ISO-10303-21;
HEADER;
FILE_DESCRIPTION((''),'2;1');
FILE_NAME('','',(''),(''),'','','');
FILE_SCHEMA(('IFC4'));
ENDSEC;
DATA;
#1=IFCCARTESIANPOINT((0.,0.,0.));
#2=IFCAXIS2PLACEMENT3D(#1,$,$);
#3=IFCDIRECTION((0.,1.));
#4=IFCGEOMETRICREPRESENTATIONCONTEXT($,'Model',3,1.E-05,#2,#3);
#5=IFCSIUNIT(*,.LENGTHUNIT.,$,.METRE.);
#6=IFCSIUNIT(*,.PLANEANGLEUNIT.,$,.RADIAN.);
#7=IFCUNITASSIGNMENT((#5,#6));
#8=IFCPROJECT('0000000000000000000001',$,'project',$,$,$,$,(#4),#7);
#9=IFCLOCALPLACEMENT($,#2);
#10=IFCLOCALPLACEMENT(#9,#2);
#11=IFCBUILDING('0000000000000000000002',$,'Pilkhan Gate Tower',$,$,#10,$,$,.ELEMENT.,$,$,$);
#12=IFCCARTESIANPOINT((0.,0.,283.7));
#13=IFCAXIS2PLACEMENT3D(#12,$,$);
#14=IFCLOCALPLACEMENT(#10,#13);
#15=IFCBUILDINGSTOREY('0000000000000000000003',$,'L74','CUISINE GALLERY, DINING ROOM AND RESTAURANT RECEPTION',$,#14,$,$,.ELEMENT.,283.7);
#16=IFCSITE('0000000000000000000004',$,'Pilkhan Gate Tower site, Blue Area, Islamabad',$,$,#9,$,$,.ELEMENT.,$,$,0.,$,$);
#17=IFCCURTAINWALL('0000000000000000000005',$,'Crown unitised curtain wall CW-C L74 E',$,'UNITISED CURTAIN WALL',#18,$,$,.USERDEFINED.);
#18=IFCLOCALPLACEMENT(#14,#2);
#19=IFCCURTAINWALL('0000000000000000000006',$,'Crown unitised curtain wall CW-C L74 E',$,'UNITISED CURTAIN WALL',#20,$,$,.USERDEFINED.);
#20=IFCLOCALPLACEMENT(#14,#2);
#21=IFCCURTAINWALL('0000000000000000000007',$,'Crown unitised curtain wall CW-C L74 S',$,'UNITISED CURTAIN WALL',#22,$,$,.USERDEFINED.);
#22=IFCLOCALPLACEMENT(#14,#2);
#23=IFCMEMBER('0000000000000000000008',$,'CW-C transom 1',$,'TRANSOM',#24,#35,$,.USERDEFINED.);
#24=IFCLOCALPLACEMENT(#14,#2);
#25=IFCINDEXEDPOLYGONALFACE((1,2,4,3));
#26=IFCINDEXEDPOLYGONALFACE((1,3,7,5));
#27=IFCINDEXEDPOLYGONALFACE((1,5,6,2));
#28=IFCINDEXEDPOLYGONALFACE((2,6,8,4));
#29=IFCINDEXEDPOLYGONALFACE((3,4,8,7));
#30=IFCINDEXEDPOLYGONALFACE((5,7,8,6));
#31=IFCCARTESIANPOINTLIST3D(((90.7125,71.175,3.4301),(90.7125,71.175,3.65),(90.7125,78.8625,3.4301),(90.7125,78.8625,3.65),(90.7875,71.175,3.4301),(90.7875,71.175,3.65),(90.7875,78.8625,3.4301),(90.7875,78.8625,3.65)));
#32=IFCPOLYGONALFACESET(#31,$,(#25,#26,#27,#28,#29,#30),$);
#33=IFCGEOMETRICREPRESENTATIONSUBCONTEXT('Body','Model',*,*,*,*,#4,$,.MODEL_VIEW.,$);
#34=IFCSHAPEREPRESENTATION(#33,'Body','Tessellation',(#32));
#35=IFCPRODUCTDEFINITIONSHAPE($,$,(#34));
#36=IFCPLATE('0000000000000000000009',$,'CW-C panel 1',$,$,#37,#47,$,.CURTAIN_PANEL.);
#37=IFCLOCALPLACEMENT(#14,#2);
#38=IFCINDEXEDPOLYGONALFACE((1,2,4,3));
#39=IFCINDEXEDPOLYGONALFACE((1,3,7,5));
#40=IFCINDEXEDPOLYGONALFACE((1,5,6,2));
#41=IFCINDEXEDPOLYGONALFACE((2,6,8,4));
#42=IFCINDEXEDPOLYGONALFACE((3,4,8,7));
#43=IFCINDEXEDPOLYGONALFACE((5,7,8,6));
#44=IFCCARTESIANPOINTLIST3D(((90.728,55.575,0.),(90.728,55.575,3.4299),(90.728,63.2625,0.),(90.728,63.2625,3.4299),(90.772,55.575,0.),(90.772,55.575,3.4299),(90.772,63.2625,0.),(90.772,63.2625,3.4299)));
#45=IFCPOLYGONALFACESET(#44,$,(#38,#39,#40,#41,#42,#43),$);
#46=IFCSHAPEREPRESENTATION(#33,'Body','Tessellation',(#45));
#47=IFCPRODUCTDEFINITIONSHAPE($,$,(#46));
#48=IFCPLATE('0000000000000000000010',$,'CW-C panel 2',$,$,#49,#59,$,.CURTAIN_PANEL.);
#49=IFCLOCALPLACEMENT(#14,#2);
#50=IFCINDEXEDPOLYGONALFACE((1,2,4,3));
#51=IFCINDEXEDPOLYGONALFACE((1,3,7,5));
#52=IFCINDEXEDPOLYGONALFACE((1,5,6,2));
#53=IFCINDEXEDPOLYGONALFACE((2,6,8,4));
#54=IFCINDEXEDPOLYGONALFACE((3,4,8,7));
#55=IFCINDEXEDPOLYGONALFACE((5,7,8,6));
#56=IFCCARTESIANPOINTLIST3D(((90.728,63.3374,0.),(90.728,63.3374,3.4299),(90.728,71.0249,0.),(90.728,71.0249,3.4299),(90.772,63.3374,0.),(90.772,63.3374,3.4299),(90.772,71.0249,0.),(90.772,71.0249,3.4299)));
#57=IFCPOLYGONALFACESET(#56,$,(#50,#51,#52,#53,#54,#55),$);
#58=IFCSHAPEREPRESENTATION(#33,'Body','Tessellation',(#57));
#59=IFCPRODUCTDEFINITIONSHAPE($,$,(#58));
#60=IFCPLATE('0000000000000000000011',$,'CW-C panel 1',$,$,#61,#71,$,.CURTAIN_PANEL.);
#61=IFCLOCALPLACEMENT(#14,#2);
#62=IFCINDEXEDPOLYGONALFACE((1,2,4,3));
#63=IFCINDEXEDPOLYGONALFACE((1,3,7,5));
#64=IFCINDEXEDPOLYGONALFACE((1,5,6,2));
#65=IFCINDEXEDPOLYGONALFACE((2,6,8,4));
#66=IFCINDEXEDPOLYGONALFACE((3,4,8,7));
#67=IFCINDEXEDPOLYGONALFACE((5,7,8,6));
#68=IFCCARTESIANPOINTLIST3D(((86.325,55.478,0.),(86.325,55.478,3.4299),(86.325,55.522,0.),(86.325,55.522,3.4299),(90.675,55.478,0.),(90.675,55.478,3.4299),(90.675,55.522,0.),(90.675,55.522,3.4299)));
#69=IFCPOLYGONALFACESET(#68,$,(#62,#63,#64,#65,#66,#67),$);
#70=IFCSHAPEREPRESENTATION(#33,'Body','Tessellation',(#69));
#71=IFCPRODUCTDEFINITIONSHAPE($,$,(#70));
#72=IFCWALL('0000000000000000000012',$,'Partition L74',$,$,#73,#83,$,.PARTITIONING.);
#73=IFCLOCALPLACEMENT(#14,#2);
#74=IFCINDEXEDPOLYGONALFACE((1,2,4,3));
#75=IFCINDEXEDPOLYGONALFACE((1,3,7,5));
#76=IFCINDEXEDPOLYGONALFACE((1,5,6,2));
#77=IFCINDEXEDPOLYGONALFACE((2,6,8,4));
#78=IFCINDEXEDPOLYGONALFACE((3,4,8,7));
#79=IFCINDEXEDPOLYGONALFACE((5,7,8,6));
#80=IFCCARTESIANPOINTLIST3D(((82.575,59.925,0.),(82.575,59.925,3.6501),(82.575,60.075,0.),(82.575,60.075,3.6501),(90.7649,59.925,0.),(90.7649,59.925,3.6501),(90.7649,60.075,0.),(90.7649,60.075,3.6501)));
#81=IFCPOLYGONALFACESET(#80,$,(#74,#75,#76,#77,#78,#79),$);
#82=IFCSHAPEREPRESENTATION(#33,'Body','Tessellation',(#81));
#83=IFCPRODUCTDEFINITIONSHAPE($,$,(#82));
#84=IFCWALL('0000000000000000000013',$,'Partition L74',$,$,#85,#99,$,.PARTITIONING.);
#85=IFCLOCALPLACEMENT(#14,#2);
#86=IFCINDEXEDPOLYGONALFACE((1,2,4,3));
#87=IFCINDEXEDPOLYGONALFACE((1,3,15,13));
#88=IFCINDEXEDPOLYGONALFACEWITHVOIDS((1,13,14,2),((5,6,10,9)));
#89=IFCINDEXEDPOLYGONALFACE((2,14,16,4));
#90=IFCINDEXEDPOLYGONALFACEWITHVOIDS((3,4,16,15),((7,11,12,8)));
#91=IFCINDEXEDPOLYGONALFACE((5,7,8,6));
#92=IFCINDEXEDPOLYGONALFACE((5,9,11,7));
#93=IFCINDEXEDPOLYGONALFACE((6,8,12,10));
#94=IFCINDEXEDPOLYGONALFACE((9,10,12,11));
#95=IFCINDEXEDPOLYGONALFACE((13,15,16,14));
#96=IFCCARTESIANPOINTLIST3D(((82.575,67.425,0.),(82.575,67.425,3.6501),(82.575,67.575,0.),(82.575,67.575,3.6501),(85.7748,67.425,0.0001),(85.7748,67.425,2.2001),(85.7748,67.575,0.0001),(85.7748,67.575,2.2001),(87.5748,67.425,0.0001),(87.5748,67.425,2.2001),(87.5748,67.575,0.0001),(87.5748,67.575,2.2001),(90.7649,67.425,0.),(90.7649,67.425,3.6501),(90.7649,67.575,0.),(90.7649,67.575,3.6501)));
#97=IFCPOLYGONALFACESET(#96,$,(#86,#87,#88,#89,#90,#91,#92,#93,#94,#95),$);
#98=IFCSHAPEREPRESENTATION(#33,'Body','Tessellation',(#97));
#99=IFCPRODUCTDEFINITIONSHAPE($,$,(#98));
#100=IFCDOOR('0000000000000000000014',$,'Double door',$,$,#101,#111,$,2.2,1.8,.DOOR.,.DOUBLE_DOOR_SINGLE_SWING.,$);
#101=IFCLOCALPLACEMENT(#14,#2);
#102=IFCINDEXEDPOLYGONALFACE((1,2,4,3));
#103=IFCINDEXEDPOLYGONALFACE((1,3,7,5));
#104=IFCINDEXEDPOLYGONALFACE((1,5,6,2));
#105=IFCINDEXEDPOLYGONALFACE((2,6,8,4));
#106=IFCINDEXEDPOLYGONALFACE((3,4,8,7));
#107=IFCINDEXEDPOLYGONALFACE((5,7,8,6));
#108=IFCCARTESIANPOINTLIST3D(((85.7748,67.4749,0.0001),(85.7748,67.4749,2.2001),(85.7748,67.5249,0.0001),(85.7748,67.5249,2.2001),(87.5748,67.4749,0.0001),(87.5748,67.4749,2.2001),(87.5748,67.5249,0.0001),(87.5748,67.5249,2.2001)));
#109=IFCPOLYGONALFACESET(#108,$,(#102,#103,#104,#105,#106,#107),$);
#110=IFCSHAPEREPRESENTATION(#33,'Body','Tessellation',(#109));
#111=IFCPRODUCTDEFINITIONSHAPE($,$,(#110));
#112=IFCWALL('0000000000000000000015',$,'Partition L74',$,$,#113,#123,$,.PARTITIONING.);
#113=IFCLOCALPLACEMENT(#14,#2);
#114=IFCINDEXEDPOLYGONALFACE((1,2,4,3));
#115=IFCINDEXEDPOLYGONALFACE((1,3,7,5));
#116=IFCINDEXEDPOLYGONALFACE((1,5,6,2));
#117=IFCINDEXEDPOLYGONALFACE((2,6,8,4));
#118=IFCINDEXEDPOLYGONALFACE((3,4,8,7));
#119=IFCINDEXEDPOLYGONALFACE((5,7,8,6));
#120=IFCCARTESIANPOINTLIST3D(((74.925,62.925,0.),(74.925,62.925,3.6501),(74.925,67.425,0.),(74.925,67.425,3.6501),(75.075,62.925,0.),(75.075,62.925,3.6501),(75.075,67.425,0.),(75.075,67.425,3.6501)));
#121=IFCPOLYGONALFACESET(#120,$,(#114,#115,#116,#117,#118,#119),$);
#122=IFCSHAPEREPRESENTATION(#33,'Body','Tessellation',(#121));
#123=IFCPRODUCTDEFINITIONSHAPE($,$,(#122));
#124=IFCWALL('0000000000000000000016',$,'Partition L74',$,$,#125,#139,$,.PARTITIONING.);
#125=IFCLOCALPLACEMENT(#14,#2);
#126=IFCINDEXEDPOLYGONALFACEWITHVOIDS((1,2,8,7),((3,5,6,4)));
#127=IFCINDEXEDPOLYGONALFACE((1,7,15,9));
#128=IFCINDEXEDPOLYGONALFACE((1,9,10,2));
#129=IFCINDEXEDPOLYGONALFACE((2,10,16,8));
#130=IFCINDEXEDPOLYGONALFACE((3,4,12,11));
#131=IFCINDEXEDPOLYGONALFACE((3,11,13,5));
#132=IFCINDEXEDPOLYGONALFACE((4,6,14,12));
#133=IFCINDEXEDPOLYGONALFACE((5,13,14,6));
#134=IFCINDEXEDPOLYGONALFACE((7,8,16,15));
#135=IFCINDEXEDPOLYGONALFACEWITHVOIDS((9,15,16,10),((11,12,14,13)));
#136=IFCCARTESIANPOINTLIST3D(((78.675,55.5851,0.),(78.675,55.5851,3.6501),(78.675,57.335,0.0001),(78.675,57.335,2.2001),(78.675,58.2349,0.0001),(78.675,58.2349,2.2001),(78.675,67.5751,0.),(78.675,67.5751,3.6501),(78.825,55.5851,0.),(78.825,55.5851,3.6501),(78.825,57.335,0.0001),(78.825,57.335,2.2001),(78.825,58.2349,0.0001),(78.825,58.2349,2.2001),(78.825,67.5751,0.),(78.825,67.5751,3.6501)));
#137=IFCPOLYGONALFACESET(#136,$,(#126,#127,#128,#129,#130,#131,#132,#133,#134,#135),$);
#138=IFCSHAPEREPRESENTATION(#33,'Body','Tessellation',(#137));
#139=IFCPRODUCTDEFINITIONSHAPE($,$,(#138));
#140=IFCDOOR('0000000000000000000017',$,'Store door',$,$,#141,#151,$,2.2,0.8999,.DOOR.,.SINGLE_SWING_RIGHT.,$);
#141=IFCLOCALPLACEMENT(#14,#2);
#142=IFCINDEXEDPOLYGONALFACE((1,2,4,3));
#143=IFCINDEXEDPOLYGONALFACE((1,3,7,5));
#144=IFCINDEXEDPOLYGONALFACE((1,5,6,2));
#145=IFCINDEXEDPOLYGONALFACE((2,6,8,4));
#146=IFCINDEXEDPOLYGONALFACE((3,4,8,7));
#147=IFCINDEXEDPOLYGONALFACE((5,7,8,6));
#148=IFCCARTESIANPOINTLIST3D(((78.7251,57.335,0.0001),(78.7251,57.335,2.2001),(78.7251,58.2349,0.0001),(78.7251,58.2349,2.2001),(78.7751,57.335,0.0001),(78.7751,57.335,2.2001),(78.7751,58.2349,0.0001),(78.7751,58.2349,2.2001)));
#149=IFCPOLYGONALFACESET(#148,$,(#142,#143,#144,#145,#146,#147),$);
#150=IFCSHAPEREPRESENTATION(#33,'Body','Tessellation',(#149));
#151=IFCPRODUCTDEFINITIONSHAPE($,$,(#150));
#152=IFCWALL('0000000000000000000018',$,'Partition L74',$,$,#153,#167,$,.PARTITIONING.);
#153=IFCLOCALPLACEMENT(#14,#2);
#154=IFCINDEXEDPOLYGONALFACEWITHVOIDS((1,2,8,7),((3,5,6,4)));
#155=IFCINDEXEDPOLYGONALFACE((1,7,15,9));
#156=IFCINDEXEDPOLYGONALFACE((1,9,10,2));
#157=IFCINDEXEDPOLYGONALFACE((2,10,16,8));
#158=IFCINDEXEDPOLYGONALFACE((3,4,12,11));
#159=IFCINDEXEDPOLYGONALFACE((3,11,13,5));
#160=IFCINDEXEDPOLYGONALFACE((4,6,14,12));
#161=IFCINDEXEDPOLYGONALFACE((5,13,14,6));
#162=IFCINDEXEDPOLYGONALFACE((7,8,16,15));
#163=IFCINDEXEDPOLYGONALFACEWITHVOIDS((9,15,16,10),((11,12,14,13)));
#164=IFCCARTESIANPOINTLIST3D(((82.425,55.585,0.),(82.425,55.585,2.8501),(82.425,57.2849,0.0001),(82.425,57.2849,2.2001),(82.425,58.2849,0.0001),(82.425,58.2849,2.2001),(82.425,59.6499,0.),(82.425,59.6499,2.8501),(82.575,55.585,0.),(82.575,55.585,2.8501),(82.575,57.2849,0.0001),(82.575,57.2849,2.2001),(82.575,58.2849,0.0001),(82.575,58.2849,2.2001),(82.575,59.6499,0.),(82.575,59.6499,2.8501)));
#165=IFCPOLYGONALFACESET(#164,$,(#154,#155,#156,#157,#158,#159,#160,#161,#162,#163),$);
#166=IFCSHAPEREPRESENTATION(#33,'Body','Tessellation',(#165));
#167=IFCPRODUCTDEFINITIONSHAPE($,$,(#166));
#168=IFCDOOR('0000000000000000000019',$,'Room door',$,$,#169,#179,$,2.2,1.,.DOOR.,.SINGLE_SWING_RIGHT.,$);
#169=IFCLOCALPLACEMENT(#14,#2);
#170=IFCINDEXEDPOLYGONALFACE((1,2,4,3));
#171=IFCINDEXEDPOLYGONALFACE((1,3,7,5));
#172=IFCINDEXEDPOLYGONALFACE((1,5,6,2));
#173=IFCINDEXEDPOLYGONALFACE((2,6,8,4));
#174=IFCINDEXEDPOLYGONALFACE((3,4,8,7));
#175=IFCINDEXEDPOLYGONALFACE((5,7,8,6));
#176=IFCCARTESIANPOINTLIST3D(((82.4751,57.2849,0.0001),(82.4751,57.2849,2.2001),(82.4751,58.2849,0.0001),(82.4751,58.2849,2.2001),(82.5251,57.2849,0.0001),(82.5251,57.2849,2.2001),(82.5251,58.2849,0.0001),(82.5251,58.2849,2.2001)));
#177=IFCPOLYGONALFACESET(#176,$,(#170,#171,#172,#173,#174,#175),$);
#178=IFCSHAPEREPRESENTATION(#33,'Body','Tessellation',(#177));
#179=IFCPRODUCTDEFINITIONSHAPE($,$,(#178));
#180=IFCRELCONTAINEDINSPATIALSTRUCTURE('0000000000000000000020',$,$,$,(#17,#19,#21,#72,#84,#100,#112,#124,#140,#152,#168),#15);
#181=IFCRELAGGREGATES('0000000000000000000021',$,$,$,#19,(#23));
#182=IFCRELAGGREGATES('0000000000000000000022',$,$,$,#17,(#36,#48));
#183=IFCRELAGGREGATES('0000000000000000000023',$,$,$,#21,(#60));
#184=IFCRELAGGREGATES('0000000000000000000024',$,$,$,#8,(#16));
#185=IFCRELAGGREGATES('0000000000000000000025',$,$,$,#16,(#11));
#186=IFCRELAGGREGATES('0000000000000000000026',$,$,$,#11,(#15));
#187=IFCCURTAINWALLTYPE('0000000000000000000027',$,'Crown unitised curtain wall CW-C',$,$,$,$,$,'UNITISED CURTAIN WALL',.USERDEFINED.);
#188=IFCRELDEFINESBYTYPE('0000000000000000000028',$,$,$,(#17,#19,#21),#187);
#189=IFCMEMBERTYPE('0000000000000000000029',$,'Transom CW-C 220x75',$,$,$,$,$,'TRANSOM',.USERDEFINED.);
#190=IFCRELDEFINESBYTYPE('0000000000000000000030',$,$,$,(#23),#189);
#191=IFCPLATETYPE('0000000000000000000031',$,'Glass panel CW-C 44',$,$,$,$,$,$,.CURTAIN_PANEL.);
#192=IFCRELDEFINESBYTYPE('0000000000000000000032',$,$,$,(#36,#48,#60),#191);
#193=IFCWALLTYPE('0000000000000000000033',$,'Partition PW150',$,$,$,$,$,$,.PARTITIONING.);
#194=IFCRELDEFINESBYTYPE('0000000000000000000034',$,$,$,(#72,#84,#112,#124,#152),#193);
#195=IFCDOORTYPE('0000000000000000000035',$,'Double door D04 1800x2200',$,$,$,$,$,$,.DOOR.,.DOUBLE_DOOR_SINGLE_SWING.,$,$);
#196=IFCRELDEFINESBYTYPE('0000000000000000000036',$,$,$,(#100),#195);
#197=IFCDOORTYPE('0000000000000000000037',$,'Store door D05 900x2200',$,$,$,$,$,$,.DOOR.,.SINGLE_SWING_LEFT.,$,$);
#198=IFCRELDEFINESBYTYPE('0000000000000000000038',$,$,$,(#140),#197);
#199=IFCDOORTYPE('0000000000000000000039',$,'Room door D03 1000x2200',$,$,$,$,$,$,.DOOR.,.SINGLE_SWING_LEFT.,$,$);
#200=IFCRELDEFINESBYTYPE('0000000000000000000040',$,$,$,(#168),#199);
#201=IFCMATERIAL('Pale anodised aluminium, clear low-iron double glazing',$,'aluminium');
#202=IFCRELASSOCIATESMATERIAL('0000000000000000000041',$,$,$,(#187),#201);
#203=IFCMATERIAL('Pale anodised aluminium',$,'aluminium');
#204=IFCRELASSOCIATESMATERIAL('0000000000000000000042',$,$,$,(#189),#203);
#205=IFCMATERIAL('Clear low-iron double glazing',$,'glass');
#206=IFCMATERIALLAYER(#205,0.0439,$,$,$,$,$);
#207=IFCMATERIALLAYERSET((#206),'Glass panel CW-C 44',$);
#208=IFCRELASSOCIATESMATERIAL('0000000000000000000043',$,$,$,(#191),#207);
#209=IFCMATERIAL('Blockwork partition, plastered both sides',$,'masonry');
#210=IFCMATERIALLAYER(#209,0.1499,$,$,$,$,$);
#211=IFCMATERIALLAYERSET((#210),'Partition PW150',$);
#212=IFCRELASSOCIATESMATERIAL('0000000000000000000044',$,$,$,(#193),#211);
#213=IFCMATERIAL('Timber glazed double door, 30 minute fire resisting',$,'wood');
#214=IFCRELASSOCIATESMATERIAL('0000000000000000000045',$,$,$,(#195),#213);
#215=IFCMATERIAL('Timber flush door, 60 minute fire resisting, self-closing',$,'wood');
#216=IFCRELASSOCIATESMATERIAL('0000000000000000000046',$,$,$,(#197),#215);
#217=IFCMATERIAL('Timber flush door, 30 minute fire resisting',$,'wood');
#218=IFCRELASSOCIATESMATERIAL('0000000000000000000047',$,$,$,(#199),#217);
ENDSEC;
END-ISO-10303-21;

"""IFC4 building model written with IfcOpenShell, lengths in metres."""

from ifc_helpers import new_model, si_unit, direction, frame, frame_2d, origin, origin_2d, place, context, subcontext, project, spatial, rectangle, extrude, material, layer, layer_set, material_profile, profile_set, type_object, element, fill, aggregate, save


model = new_model("IFC4")

# Units and contexts
model_context = context("Model", 3, precision=1e-05, world=origin(), true_north=direction((0.0, 1.0)))
body_context = subcontext(model_context, "Body", "Model", "MODEL_VIEW")
ifc_project = project(units=[si_unit("LENGTHUNIT", "METRE"), si_unit("PLANEANGLEUNIT", "RADIAN")], contexts=[model_context])

# Site, building, storey
site_placement = place(None, origin())
site = spatial("IfcSite", under=ifc_project, at=site_placement, Name="Pilkhan Gate Tower site, Blue Area, Islamabad", CompositionType="ELEMENT", RefElevation=0.0)
building_placement = place(site_placement, origin())
building = spatial("IfcBuilding", under=site, at=building_placement, Name="Pilkhan Gate Tower", CompositionType="ELEMENT")
storey_placement = place(building_placement, frame((0.0, 0.0, 283.7)))
storey = spatial("IfcBuildingStorey", under=building, at=storey_placement, Name="L74", Description="CUISINE GALLERY, DINING ROOM AND RESTAURANT RECEPTION", CompositionType="ELEMENT", Elevation=283.7)

# Curtain wall
ifc_material_1 = material(Name="Pale anodised aluminium, clear low-iron double glazing", Category="aluminium")
curtain_wall_type = type_object("IfcCurtainWallType", Name="Crown unitised curtain wall CW-C", ElementType="UNITISED CURTAIN WALL", PredefinedType="USERDEFINED", material=ifc_material_1)
curtain_wall_1_placement = place(storey_placement, origin())
curtain_wall_1 = element("IfcCurtainWall", 1, at=curtain_wall_1_placement, inside=storey, type_object=curtain_wall_type, Name="Crown unitised curtain wall CW-C L74 E", ObjectType="UNITISED CURTAIN WALL", PredefinedType="USERDEFINED")
ifc_material_2 = material(Name="Pale anodised aluminium", Category="aluminium")

# Curtain walls
curtain_wall_2_placement = place(storey_placement, origin())
curtain_wall_2 = element("IfcCurtainWall", 2, at=curtain_wall_2_placement, inside=storey, type_object=curtain_wall_type, Name="Crown unitised curtain wall CW-C L74 E", ObjectType="UNITISED CURTAIN WALL", PredefinedType="USERDEFINED")
curtain_wall_3_placement = place(storey_placement, origin())
curtain_wall_3 = element("IfcCurtainWall", 3, at=curtain_wall_3_placement, inside=storey, type_object=curtain_wall_type, Name="Crown unitised curtain wall CW-C L74 S", ObjectType="UNITISED CURTAIN WALL", PredefinedType="USERDEFINED")

# Member
ifc_material_profile_1 = material_profile(ifc_material_2, rectangle(XDim=0.075, YDim=0.22, at=origin_2d()), Name="Transom 220x75")
ifc_profile_set_1 = profile_set([ifc_material_profile_1], Name="Pale anodised aluminium")
member_type_1 = type_object("IfcMemberType", Name="Transom CW-C 220x75", ElementType="TRANSOM", PredefinedType="USERDEFINED", material=ifc_profile_set_1)
member_1_placement = place(storey_placement, frame((90.75, 71.175, 3.54), z_axis=(0.0, 1.0, 0.0), x_axis=(-1.0, 0.0, 0.0)))
member_1 = element("IfcMember", 4, at=member_1_placement, type_object=member_type_1, Name="CW-C transom 1", ObjectType="TRANSOM", PredefinedType="USERDEFINED", context=body_context, shape_type="SweptSolid", body=[
    extrude(rectangle(XDim=0.075, YDim=0.22, at=origin_2d()), origin(), (0.0, 0.0, 1.0), 7.6875),
])
aggregate(curtain_wall_2, [member_1])

# Plates
ifc_material_3 = material(Name="Clear low-iron double glazing", Category="glass")
ifc_layer_1 = layer(ifc_material_3, 0.0439)
ifc_layer_set_1 = layer_set([ifc_layer_1], Name="Glass panel CW-C 44")
plate_type = type_object("IfcPlateType", Name="Glass panel CW-C 44", PredefinedType="CURTAIN_PANEL", material=ifc_layer_set_1)
plate_1_placement = place(storey_placement, frame((90.75, 59.4187, 0.0), z_axis=(0.0, 0.0, 1.0), x_axis=(0.0, 1.0, 0.0)))
plate_1 = element("IfcPlate", 5, at=plate_1_placement, type_object=plate_type, Name="CW-C panel 1", PredefinedType="CURTAIN_PANEL", context=body_context, shape_type="SweptSolid", body=[
    extrude(rectangle(XDim=7.6875, YDim=0.0439, at=origin_2d()), origin(), (0.0, 0.0, 1.0), 3.4299),
])
plate_2_placement = place(storey_placement, frame((90.75, 67.1812, 0.0), z_axis=(0.0, 0.0, 1.0), x_axis=(0.0, 1.0, 0.0)))
plate_2 = element("IfcPlate", 6, at=plate_2_placement, type_object=plate_type, Name="CW-C panel 2", PredefinedType="CURTAIN_PANEL", context=body_context, shape_type="SweptSolid", body=[
    extrude(rectangle(XDim=7.6875, YDim=0.0439, at=origin_2d()), origin(), (0.0, 0.0, 1.0), 3.4299),
])
aggregate(curtain_wall_1, [plate_1, plate_2])
plate_3_placement = place(storey_placement, frame((88.5, 55.5, 0.0), z_axis=(0.0, 0.0, 1.0), x_axis=(1.0, 0.0, 0.0)))
plate_3 = element("IfcPlate", 7, at=plate_3_placement, type_object=plate_type, Name="CW-C panel 1", PredefinedType="CURTAIN_PANEL", context=body_context, shape_type="SweptSolid", body=[
    extrude(rectangle(XDim=4.3501, YDim=0.0439, at=origin_2d()), origin(), (0.0, 0.0, 1.0), 3.4299),
])
aggregate(curtain_wall_3, [plate_3])

# Wall
ifc_material_4 = material(Name="Blockwork partition, plastered both sides", Category="masonry")
ifc_layer_2 = layer(ifc_material_4, 0.1499)
ifc_layer_set_2 = layer_set([ifc_layer_2], Name="Partition PW150")
wall_type = type_object("IfcWallType", Name="Partition PW150", PredefinedType="PARTITIONING", material=ifc_layer_set_2)
wall_1_placement = place(storey_placement, frame((82.575, 60.0, 0.0), z_axis=(0.0, 0.0, 1.0), x_axis=(1.0, 0.0, 0.0)))
element("IfcWall", 8, at=wall_1_placement, inside=storey, type_object=wall_type, Name="Partition L74", PredefinedType="PARTITIONING", context=body_context, shape_type="SweptSolid", body=[
    extrude(rectangle(XDim=8.1899, YDim=0.1499, at=frame_2d((4.095, 0.0))), origin(), (0.0, 0.0, 1.0), 3.6501),
])

# Wall, opening, door
wall_2_placement = place(storey_placement, frame((82.575, 67.5, 0.0), z_axis=(0.0, 0.0, 1.0), x_axis=(1.0, 0.0, 0.0)))
wall_2 = element("IfcWall", 9, at=wall_2_placement, inside=storey, type_object=wall_type, Name="Partition L74", PredefinedType="PARTITIONING", context=body_context, shape_type="SweptSolid", body=[
    extrude(rectangle(XDim=8.1899, YDim=0.1499, at=frame_2d((4.095, 0.0))), origin(), (0.0, 0.0, 1.0), 3.6501),
])
opening_1_placement = place(wall_2_placement, frame((3.2, 0.0, 0.0)))
opening_1 = element("IfcOpeningElement", 10, at=opening_1_placement, cuts=wall_2, PredefinedType="OPENING", context=body_context, shape_type="SweptSolid", body=[
    extrude(rectangle(XDim=1.8, YDim=2.2, at=frame_2d((0.8999, 1.1001))), frame((0.0, 0.085, 0.0), z_axis=(0.0, -1.0, 0.0), x_axis=(1.0, 0.0, 0.0)), (0.0, 0.0, 1.0), 0.1699),
])
ifc_material_5 = material(Name="Timber glazed double door, 30 minute fire resisting", Category="wood")
door_type_1 = type_object("IfcDoorType", Name="Double door D04 1800x2200", OperationType="DOUBLE_DOOR_SINGLE_SWING", PredefinedType="DOOR", material=ifc_material_5)
door_1_placement = place(opening_1_placement, origin())
door_1 = element("IfcDoor", 11, at=door_1_placement, inside=storey, type_object=door_type_1, Name="Double door", OperationType="DOUBLE_DOOR_SINGLE_SWING", OverallHeight=2.2, OverallWidth=1.8, PredefinedType="DOOR", context=body_context, shape_type="SweptSolid", body=[
    extrude(rectangle(XDim=1.8, YDim=2.2, at=frame_2d((0.8999, 1.1001))), frame((0.0, 0.0249, 0.0), z_axis=(0.0, -1.0, 0.0), x_axis=(1.0, 0.0, 0.0)), (0.0, 0.0, 1.0), 0.05),
])
fill(opening_1, door_1)

# Wall
wall_3_placement = place(storey_placement, frame((75.0, 62.925, 0.0), z_axis=(0.0, 0.0, 1.0), x_axis=(0.0, 1.0, 0.0)))
element("IfcWall", 12, at=wall_3_placement, inside=storey, type_object=wall_type, Name="Partition L74", PredefinedType="PARTITIONING", context=body_context, shape_type="SweptSolid", body=[
    extrude(rectangle(XDim=4.5, YDim=0.1499, at=frame_2d((2.25, 0.0))), origin(), (0.0, 0.0, 1.0), 3.6501),
])

# Walls, openings, doors
wall_4_placement = place(storey_placement, frame((78.75, 55.585, 0.0), z_axis=(0.0, 0.0, 1.0), x_axis=(0.0, 1.0, 0.0)))
wall_4 = element("IfcWall", 13, at=wall_4_placement, inside=storey, type_object=wall_type, Name="Partition L74", PredefinedType="PARTITIONING", context=body_context, shape_type="SweptSolid", body=[
    extrude(rectangle(XDim=11.99, YDim=0.1499, at=frame_2d((5.9951, 0.0))), origin(), (0.0, 0.0, 1.0), 3.6501),
])
opening_2_placement = place(wall_4_placement, frame((1.75, 0.0, 0.0)))
opening_2 = element("IfcOpeningElement", 14, at=opening_2_placement, cuts=wall_4, PredefinedType="OPENING", context=body_context, shape_type="SweptSolid", body=[
    extrude(rectangle(XDim=0.8999, YDim=2.2, at=frame_2d((0.45, 1.1001))), frame((0.0, 0.085, 0.0), z_axis=(0.0, -1.0, 0.0), x_axis=(1.0, 0.0, 0.0)), (0.0, 0.0, 1.0), 0.1699),
])
ifc_material_6 = material(Name="Timber flush door, 60 minute fire resisting, self-closing", Category="wood")
door_type_2 = type_object("IfcDoorType", Name="Store door D05 900x2200", OperationType="SINGLE_SWING_LEFT", PredefinedType="DOOR", material=ifc_material_6)
door_2_placement = place(opening_2_placement, origin())
door_2 = element("IfcDoor", 15, at=door_2_placement, inside=storey, type_object=door_type_2, Name="Store door", OperationType="SINGLE_SWING_RIGHT", OverallHeight=2.2, OverallWidth=0.8999, PredefinedType="DOOR", context=body_context, shape_type="SweptSolid", body=[
    extrude(rectangle(XDim=0.8999, YDim=2.2, at=frame_2d((0.45, 1.1001))), frame((0.0, 0.0249, 0.0), z_axis=(0.0, -1.0, 0.0), x_axis=(1.0, 0.0, 0.0)), (0.0, 0.0, 1.0), 0.05),
])
fill(opening_2, door_2)
wall_5_placement = place(storey_placement, frame((82.5, 55.585, 0.0), z_axis=(0.0, 0.0, 1.0), x_axis=(0.0, 1.0, 0.0)))
wall_5 = element("IfcWall", 16, at=wall_5_placement, inside=storey, type_object=wall_type, Name="Partition L74", PredefinedType="PARTITIONING", context=body_context, shape_type="SweptSolid", body=[
    extrude(rectangle(XDim=4.0649, YDim=0.1499, at=frame_2d((2.0325, 0.0))), origin(), (0.0, 0.0, 1.0), 2.8501),
])
opening_3_placement = place(wall_5_placement, frame((1.7, 0.0, 0.0)))
opening_3 = element("IfcOpeningElement", 17, at=opening_3_placement, cuts=wall_5, PredefinedType="OPENING", context=body_context, shape_type="SweptSolid", body=[
    extrude(rectangle(XDim=1.0, YDim=2.2, at=frame_2d((0.5, 1.1001))), frame((0.0, 0.085, 0.0), z_axis=(0.0, -1.0, 0.0), x_axis=(1.0, 0.0, 0.0)), (0.0, 0.0, 1.0), 0.1699),
])
ifc_material_7 = material(Name="Timber flush door, 30 minute fire resisting", Category="wood")
door_type_3 = type_object("IfcDoorType", Name="Room door D03 1000x2200", OperationType="SINGLE_SWING_LEFT", PredefinedType="DOOR", material=ifc_material_7)
door_3_placement = place(opening_3_placement, origin())
door_3 = element("IfcDoor", 18, at=door_3_placement, inside=storey, type_object=door_type_3, Name="Room door", OperationType="SINGLE_SWING_RIGHT", OverallHeight=2.2, OverallWidth=1.0, PredefinedType="DOOR", context=body_context, shape_type="SweptSolid", body=[
    extrude(rectangle(XDim=1.0, YDim=2.2, at=frame_2d((0.5, 1.1001))), frame((0.0, 0.0249, 0.0), z_axis=(0.0, -1.0, 0.0), x_axis=(1.0, 0.0, 0.0)), (0.0, 0.0, 1.0), 0.05),
])
fill(opening_3, door_3)

save(model, "model.ifc")
